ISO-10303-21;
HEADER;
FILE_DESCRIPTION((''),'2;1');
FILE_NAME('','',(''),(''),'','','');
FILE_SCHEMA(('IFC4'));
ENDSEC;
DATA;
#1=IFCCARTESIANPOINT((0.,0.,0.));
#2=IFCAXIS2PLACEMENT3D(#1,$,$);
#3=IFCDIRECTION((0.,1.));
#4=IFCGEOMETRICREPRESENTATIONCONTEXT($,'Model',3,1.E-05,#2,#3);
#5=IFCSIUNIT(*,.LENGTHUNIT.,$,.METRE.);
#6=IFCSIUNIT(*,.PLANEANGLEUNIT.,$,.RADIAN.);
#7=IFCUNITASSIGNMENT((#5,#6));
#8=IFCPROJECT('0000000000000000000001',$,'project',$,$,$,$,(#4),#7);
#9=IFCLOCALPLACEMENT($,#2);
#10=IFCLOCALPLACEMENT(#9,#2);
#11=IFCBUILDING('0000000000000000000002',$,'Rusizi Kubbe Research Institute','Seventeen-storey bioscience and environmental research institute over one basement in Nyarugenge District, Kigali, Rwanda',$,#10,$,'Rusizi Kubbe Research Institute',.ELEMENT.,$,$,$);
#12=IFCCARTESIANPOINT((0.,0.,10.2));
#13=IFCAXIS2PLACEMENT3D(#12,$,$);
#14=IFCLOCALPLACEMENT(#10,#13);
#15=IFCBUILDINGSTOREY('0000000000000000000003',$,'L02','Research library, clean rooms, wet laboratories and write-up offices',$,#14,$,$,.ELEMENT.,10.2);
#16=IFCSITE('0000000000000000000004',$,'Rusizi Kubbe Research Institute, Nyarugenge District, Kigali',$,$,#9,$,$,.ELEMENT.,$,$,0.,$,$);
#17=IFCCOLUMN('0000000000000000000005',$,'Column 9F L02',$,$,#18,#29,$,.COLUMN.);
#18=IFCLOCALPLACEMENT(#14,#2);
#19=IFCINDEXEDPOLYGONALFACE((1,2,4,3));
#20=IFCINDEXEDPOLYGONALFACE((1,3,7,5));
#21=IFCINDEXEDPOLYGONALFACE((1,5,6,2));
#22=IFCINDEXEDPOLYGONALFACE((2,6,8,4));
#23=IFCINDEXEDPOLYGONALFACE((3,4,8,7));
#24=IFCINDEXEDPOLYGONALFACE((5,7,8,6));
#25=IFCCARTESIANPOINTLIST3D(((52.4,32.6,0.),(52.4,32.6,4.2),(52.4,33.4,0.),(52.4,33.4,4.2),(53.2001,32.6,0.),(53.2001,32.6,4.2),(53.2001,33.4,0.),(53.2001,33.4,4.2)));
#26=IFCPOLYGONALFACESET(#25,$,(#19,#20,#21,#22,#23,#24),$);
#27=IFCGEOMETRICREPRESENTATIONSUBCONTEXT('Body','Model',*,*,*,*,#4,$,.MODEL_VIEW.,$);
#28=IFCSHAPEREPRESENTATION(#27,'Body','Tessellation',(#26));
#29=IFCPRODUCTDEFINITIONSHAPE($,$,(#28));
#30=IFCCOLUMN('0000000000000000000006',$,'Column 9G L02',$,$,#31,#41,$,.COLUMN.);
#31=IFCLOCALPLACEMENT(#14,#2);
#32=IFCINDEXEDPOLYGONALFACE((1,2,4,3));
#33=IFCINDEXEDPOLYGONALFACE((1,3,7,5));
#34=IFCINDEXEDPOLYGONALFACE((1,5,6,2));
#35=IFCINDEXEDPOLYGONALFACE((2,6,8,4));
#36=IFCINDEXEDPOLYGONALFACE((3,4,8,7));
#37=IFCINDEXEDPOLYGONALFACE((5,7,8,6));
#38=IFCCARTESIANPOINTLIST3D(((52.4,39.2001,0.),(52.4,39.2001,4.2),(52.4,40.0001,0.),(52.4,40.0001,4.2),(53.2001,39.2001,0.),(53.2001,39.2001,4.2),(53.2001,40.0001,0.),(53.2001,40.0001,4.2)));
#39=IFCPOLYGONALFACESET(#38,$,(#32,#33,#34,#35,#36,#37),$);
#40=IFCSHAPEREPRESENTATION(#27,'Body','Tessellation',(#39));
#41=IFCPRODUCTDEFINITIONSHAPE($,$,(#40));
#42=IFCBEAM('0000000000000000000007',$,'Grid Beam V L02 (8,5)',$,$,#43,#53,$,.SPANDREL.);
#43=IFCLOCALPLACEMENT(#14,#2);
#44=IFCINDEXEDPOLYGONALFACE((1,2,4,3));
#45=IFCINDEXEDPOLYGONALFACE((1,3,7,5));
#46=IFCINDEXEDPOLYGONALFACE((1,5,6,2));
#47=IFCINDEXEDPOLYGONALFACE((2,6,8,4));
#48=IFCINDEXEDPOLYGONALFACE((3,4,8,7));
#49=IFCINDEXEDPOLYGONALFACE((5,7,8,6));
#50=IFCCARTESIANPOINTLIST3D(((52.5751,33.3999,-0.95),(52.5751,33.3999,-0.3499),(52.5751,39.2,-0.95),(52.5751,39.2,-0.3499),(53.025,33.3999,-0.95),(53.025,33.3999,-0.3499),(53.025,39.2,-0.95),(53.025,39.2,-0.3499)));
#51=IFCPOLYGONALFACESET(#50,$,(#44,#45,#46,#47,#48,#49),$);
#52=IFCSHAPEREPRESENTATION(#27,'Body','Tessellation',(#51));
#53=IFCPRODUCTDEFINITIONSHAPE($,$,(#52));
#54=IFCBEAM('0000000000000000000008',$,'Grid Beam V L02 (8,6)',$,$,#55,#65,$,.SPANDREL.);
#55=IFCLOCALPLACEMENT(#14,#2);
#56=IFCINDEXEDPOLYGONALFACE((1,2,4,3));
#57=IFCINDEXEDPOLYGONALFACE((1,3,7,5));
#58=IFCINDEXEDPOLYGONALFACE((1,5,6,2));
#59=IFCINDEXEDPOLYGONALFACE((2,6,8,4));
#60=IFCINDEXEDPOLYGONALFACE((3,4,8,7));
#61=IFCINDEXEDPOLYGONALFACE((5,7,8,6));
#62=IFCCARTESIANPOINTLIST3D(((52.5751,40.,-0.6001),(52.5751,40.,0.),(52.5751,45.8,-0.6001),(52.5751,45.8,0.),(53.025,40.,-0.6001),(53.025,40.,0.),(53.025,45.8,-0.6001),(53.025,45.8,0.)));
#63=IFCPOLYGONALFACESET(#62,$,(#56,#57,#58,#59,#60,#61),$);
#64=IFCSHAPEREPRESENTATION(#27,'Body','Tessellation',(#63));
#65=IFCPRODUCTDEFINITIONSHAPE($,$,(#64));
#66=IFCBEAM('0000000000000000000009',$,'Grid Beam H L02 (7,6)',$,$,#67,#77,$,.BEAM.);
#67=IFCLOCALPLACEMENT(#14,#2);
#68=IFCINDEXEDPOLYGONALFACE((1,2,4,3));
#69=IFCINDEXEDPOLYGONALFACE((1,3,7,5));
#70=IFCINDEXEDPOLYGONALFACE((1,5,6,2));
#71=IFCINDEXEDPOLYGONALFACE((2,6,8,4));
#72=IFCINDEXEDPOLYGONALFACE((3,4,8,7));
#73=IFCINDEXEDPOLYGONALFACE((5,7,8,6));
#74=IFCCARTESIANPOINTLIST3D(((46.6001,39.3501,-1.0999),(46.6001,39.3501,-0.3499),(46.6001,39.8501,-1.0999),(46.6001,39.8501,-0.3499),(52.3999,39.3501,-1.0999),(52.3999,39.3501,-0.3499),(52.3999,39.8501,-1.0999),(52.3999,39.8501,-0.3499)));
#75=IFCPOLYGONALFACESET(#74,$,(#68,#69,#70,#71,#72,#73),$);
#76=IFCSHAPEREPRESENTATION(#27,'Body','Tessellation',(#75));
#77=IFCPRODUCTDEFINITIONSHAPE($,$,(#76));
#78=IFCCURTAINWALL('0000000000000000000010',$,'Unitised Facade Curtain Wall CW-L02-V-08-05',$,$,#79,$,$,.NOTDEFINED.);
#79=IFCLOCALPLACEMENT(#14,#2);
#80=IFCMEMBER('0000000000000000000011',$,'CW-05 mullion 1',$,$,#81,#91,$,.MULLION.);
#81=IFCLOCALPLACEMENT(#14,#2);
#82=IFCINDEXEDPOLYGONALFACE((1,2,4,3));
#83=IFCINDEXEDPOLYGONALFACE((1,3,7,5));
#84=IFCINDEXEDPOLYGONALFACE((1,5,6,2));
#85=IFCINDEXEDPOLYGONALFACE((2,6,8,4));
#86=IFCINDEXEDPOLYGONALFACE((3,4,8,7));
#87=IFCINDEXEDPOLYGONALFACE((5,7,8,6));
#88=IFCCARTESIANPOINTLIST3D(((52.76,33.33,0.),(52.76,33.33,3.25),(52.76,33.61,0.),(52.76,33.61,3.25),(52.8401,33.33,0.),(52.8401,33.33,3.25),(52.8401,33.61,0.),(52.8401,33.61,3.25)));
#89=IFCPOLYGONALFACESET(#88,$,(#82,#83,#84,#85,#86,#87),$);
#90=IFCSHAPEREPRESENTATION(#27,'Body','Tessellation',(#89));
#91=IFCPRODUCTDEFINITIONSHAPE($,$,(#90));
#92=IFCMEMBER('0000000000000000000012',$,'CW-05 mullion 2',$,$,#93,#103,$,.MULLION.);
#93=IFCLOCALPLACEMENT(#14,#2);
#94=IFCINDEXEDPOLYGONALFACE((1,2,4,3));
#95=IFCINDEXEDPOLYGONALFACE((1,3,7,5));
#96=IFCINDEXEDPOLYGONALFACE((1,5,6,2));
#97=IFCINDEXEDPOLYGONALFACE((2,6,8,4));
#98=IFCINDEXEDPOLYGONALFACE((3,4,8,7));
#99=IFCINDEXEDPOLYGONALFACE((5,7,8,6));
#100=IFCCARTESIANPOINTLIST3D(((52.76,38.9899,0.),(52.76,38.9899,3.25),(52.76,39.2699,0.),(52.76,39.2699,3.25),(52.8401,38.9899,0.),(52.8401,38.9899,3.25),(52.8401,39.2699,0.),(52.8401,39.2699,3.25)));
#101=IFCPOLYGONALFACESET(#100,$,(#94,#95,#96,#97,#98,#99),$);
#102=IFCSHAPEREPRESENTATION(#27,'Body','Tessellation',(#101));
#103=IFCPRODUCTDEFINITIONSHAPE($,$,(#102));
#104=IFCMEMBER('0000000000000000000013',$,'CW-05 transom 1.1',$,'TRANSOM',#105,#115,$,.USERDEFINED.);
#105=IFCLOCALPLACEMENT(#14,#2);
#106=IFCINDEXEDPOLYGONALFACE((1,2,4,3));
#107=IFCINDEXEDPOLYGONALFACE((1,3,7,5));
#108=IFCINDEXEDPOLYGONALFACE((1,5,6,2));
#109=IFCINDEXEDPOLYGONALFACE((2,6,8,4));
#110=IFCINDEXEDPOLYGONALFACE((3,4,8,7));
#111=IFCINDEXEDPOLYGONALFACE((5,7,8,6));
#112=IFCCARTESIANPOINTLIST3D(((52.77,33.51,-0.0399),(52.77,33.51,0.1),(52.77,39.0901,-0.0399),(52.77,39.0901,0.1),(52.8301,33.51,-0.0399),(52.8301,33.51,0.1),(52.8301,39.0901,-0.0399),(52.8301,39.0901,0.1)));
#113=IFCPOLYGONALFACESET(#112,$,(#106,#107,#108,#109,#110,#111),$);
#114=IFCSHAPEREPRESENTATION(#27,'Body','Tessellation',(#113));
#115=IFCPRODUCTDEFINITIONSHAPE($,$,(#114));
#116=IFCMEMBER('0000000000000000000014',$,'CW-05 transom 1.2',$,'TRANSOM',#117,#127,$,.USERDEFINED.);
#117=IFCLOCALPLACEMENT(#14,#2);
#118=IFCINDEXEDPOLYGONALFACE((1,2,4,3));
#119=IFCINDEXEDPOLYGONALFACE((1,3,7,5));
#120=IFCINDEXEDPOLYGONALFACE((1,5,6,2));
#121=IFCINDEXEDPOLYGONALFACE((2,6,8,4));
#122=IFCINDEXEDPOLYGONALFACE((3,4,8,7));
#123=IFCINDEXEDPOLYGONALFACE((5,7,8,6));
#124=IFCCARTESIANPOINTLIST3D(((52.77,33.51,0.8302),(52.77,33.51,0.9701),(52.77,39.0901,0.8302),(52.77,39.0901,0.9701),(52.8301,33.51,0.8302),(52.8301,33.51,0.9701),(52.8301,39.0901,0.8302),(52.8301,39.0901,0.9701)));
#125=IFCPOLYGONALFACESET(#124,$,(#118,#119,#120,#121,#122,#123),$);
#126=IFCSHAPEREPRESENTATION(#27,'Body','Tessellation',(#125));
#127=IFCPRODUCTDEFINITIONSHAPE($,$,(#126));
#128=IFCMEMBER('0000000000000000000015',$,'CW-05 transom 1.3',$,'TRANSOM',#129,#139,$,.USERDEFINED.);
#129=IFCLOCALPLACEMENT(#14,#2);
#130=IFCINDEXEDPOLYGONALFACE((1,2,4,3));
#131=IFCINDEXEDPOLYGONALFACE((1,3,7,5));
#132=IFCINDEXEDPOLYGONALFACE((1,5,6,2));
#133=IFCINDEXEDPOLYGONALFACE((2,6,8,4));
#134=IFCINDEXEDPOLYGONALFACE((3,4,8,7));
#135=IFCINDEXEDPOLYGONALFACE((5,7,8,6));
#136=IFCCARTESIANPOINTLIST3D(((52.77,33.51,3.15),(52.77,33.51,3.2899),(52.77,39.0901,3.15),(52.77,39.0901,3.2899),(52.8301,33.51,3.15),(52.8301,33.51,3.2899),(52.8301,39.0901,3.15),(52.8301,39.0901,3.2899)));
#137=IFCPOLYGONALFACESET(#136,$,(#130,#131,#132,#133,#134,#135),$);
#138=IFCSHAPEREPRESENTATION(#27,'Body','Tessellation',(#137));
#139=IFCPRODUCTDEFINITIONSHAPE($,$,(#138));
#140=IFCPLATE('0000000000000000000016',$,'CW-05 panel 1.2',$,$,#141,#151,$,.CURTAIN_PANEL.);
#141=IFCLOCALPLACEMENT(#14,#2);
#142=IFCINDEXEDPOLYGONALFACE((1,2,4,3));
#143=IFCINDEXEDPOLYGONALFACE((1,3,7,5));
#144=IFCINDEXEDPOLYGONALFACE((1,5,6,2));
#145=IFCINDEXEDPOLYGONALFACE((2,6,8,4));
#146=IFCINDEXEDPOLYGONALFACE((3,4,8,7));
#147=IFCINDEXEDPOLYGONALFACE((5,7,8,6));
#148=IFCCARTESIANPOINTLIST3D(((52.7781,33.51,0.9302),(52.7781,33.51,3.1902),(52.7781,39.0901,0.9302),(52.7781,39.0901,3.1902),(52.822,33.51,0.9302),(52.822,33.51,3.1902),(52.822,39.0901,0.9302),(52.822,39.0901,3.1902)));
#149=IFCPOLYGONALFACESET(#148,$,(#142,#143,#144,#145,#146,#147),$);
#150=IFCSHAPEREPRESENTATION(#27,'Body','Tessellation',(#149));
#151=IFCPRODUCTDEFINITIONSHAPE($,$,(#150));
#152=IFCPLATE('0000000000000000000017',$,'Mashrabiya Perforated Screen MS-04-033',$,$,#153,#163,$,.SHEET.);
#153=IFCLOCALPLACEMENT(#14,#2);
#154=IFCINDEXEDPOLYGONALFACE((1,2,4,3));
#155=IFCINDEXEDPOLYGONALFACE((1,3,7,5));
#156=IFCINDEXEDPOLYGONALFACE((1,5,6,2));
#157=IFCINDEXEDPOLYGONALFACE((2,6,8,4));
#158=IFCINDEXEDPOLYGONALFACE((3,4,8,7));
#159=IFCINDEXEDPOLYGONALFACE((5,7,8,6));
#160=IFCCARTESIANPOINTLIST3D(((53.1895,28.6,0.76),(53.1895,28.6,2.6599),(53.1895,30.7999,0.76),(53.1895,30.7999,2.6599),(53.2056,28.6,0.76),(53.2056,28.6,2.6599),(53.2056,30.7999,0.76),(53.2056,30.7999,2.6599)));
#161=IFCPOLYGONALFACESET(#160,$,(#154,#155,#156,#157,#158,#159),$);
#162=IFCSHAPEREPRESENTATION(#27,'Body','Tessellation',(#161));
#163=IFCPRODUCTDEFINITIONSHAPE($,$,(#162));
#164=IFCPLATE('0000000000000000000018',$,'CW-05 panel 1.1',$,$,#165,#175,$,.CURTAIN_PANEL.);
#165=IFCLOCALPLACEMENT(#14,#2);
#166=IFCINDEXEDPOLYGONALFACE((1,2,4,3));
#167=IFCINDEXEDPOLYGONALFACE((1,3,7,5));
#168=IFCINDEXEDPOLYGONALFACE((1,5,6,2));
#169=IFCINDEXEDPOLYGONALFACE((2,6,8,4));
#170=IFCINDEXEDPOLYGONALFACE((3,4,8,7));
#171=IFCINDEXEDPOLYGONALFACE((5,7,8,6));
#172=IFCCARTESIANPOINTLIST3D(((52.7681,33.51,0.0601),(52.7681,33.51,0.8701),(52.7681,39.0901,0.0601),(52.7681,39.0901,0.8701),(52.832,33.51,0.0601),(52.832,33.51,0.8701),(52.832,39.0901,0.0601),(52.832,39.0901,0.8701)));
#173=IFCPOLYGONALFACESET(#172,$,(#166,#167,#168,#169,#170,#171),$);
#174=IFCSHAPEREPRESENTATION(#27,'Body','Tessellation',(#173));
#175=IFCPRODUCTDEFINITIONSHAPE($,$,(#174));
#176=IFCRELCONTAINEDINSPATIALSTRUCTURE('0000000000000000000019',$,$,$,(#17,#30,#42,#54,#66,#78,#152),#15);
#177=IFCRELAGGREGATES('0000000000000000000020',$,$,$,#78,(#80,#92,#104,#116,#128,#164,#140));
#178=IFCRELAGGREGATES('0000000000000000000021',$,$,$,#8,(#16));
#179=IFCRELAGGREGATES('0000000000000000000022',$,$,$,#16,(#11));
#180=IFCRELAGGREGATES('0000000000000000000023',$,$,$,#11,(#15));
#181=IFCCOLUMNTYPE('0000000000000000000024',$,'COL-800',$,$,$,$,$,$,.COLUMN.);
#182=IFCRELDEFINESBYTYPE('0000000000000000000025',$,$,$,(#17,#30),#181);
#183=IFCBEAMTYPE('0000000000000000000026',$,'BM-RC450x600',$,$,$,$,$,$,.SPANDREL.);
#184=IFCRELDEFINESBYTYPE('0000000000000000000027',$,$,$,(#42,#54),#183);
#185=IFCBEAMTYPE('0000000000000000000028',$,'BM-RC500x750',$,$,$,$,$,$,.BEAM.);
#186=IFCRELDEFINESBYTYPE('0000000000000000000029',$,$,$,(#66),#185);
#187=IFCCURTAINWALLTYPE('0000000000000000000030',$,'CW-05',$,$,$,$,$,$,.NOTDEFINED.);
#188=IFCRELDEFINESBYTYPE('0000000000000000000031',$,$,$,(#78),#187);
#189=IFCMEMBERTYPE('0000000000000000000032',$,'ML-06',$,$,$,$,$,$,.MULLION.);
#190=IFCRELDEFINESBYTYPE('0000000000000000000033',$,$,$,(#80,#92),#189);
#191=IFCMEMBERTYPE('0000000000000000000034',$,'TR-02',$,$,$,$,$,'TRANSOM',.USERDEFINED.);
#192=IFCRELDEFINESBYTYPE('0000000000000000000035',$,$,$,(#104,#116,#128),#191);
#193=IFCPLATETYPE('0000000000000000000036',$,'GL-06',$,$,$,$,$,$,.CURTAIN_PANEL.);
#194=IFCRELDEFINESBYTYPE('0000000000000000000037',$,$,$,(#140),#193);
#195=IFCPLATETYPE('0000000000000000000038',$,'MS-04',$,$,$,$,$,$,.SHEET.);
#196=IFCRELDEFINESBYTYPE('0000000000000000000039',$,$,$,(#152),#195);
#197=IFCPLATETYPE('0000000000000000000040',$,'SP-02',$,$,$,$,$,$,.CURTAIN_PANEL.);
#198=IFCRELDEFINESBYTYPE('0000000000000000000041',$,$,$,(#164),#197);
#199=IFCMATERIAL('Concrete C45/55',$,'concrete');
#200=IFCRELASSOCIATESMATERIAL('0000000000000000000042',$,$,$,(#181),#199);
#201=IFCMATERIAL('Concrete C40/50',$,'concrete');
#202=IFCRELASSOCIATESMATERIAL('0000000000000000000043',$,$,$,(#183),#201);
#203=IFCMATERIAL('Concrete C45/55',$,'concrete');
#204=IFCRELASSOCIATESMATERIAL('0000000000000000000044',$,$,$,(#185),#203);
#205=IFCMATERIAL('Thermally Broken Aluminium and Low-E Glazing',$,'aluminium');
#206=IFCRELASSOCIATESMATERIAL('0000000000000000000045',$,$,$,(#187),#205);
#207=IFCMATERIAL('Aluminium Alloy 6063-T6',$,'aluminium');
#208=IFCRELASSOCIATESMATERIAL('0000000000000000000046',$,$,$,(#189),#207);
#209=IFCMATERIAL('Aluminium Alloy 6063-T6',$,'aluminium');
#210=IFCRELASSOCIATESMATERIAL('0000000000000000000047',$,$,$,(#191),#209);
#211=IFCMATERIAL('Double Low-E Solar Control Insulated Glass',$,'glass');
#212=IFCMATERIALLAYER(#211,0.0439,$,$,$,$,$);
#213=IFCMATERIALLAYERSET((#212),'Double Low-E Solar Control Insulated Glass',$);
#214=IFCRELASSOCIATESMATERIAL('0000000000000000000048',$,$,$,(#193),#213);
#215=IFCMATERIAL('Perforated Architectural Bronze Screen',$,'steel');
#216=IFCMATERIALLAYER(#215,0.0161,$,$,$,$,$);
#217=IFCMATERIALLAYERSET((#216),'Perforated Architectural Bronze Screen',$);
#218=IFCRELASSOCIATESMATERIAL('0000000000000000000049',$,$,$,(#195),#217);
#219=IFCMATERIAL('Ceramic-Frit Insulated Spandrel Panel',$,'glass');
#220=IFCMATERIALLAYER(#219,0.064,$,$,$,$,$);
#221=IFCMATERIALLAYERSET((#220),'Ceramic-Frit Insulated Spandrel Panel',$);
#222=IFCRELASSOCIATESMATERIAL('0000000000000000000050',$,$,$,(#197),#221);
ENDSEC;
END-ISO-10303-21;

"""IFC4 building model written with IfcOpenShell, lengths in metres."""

from ifc_helpers import new_model, si_unit, direction, frame, origin, origin_2d, place, context, subcontext, project, spatial, rectangle, extrude, material, layer, layer_set, material_profile, profile_set, type_object, element, aggregate, save


model = new_model("IFC4")

# Units and contexts
model_context = context("Model", 3, precision=1e-05, world=origin(), true_north=direction((0.0, 1.0)))
body_context = subcontext(model_context, "Body", "Model", "MODEL_VIEW")
ifc_project = project(units=[si_unit("LENGTHUNIT", "METRE"), si_unit("PLANEANGLEUNIT", "RADIAN")], contexts=[model_context])

# Site, building, storey
site_placement = place(None, origin())
site = spatial("IfcSite", under=ifc_project, at=site_placement, Name="Rusizi Kubbe Research Institute, Nyarugenge District, Kigali", CompositionType="ELEMENT", RefElevation=0.0)
building_placement = place(site_placement, origin())
building = spatial("IfcBuilding", under=site, at=building_placement, Name="Rusizi Kubbe Research Institute", Description="Seventeen-storey bioscience and environmental research institute over one basement in Nyarugenge District, Kigali, Rwanda", LongName="Rusizi Kubbe Research Institute", CompositionType="ELEMENT")
storey_placement = place(building_placement, frame((0.0, 0.0, 10.2)))
storey = spatial("IfcBuildingStorey", under=building, at=storey_placement, Name="L02", Description="Research library, clean rooms, wet laboratories and write-up offices", CompositionType="ELEMENT", Elevation=10.2)

# Columns
ifc_material_1 = material(Name="Concrete C45/55", Category="concrete")
ifc_material_profile_1 = material_profile(ifc_material_1, rectangle(XDim=0.8, YDim=0.8, at=origin_2d()), Name="RC800x800")
ifc_profile_set_1 = profile_set([ifc_material_profile_1], Name="Concrete C45/55")
column_type = type_object("IfcColumnType", Name="COL-800", PredefinedType="COLUMN", material=ifc_profile_set_1)
for number, where, z_axis, x_axis, name in (
    (1, (52.8, 33.0, 0.0), (0.0, 0.0, 1.0), (1.0, 0.0, 0.0), "Column 9F L02"),
    (2, (52.8, 39.6001, 0.0), (0.0, 0.0, 1.0), (1.0, 0.0, 0.0), "Column 9G L02"),
):
    element("IfcColumn", number, at=place(storey_placement, frame(where, z_axis=z_axis, x_axis=x_axis)), inside=storey, type_object=column_type, Name=name, PredefinedType="COLUMN", context=body_context, shape_type="SweptSolid", body=[
        extrude(rectangle(XDim=0.8, YDim=0.8, at=origin_2d()), origin(), (0.0, 0.0, 1.0), 4.2),
    ])

# Beams
ifc_material_2 = material(Name="Concrete C40/50", Category="concrete")
ifc_material_profile_2 = material_profile(ifc_material_2, rectangle(XDim=0.45, YDim=0.6001, at=origin_2d()), Name="RC450x600")
ifc_profile_set_2 = profile_set([ifc_material_profile_2], Name="Concrete C40/50")
beam_type_1 = type_object("IfcBeamType", Name="BM-RC450x600", PredefinedType="SPANDREL", material=ifc_profile_set_2)
for number, where, z_axis, x_axis, name in (
    (3, (52.8, 33.3999, -0.6499), (0.0, 1.0, 0.0), (-1.0, 0.0, 0.0), "Grid Beam V L02 (8,5)"),
    (4, (52.8, 40.0, -0.3), (0.0, 1.0, 0.0), (-1.0, 0.0, 0.0), "Grid Beam V L02 (8,6)"),
):
    element("IfcBeam", number, at=place(storey_placement, frame(where, z_axis=z_axis, x_axis=x_axis)), inside=storey, type_object=beam_type_1, Name=name, PredefinedType="SPANDREL", context=body_context, shape_type="SweptSolid", body=[
        extrude(rectangle(XDim=0.45, YDim=0.6001, at=origin_2d()), origin(), (0.0, 0.0, 1.0), 5.8),
    ])
ifc_material_3 = material(Name="Concrete C45/55", Category="concrete")
ifc_material_profile_3 = material_profile(ifc_material_3, rectangle(XDim=0.5, YDim=0.75, at=origin_2d()), Name="RC500x750B")
ifc_profile_set_3 = profile_set([ifc_material_profile_3], Name="Concrete C45/55")
beam_type_2 = type_object("IfcBeamType", Name="BM-RC500x750", PredefinedType="BEAM", material=ifc_profile_set_3)
beam_placement = place(storey_placement, frame((46.6001, 39.6001, -0.7249), z_axis=(1.0, 0.0, 0.0), x_axis=(0.0, 1.0, 0.0)))
element("IfcBeam", 5, at=beam_placement, inside=storey, type_object=beam_type_2, Name="Grid Beam H L02 (7,6)", PredefinedType="BEAM", context=body_context, shape_type="SweptSolid", body=[
    extrude(rectangle(XDim=0.5, YDim=0.75, at=origin_2d()), origin(), (0.0, 0.0, 1.0), 5.7998),
])

# Curtain wall, members, plate
ifc_material_4 = material(Name="Thermally Broken Aluminium and Low-E Glazing", Category="aluminium")
curtain_wall_type = type_object("IfcCurtainWallType", Name="CW-05", PredefinedType="NOTDEFINED", material=ifc_material_4)
curtain_wall_placement = place(storey_placement, origin())
curtain_wall = element("IfcCurtainWall", 6, at=curtain_wall_placement, inside=storey, type_object=curtain_wall_type, Name="Unitised Facade Curtain Wall CW-L02-V-08-05", PredefinedType="NOTDEFINED")
ifc_material_5 = material(Name="Aluminium Alloy 6063-T6", Category="aluminium")
ifc_material_profile_4 = material_profile(ifc_material_5, rectangle(XDim=0.0801, YDim=0.28, at=origin_2d()), Name="ALU-M 80x280")
ifc_profile_set_4 = profile_set([ifc_material_profile_4], Name="Aluminium Alloy 6063-T6")
member_type_1 = type_object("IfcMemberType", Name="ML-06", PredefinedType="MULLION", material=ifc_profile_set_4)
member_1_placement = place(storey_placement, frame((52.8, 33.47, 0.0), z_axis=(0.0, 0.0, 1.0), x_axis=(-1.0, 0.0, 0.0)))
member_1 = element("IfcMember", 7, at=member_1_placement, type_object=member_type_1, Name="CW-05 mullion 1", PredefinedType="MULLION", context=body_context, shape_type="SweptSolid", body=[
    extrude(rectangle(XDim=0.0801, YDim=0.28, at=origin_2d()), origin(), (0.0, 0.0, 1.0), 3.25),
])
member_2_placement = place(storey_placement, frame((52.8, 39.1299, 0.0), z_axis=(0.0, 0.0, 1.0), x_axis=(-1.0, 0.0, 0.0)))
member_2 = element("IfcMember", 8, at=member_2_placement, type_object=member_type_1, Name="CW-05 mullion 2", PredefinedType="MULLION", context=body_context, shape_type="SweptSolid", body=[
    extrude(rectangle(XDim=0.0801, YDim=0.28, at=origin_2d()), origin(), (0.0, 0.0, 1.0), 3.25),
])
ifc_material_6 = material(Name="Aluminium Alloy 6063-T6", Category="aluminium")
ifc_material_profile_5 = material_profile(ifc_material_6, rectangle(XDim=0.0601, YDim=0.1399, at=origin_2d()), Name="ALU-T 60x140")
ifc_profile_set_5 = profile_set([ifc_material_profile_5], Name="Aluminium Alloy 6063-T6")
member_type_2 = type_object("IfcMemberType", Name="TR-02", ElementType="TRANSOM", PredefinedType="USERDEFINED", material=ifc_profile_set_5)
member_3_placement = place(storey_placement, frame((52.8, 33.51, 0.03), z_axis=(0.0, 1.0, 0.0), x_axis=(-1.0, 0.0, 0.0)))
member_3 = element("IfcMember", 9, at=member_3_placement, type_object=member_type_2, Name="CW-05 transom 1.1", ObjectType="TRANSOM", PredefinedType="USERDEFINED", context=body_context, shape_type="SweptSolid", body=[
    extrude(rectangle(XDim=0.0601, YDim=0.1399, at=origin_2d()), origin(), (0.0, 0.0, 1.0), 5.5801),
])
member_4_placement = place(storey_placement, frame((52.8, 33.51, 0.9001), z_axis=(0.0, 1.0, 0.0), x_axis=(-1.0, 0.0, 0.0)))
member_4 = element("IfcMember", 10, at=member_4_placement, type_object=member_type_2, Name="CW-05 transom 1.2", ObjectType="TRANSOM", PredefinedType="USERDEFINED", context=body_context, shape_type="SweptSolid", body=[
    extrude(rectangle(XDim=0.0601, YDim=0.1399, at=origin_2d()), origin(), (0.0, 0.0, 1.0), 5.5801),
])
member_5_placement = place(storey_placement, frame((52.8, 33.51, 3.22), z_axis=(0.0, 1.0, 0.0), x_axis=(-1.0, 0.0, 0.0)))
member_5 = element("IfcMember", 11, at=member_5_placement, type_object=member_type_2, Name="CW-05 transom 1.3", ObjectType="TRANSOM", PredefinedType="USERDEFINED", context=body_context, shape_type="SweptSolid", body=[
    extrude(rectangle(XDim=0.0601, YDim=0.1399, at=origin_2d()), origin(), (0.0, 0.0, 1.0), 5.5801),
])
ifc_material_7 = material(Name="Double Low-E Solar Control Insulated Glass", Category="glass")
ifc_layer_1 = layer(ifc_material_7, 0.0439)
ifc_layer_set_1 = layer_set([ifc_layer_1], Name="Double Low-E Solar Control Insulated Glass")
plate_type_1 = type_object("IfcPlateType", Name="GL-06", PredefinedType="CURTAIN_PANEL", material=ifc_layer_set_1)
plate_1_placement = place(storey_placement, frame((52.8, 36.3, 0.9302), z_axis=(0.0, 0.0, 1.0), x_axis=(0.0, 1.0, 0.0)))
plate_1 = element("IfcPlate", 12, at=plate_1_placement, type_object=plate_type_1, Name="CW-05 panel 1.2", PredefinedType="CURTAIN_PANEL", context=body_context, shape_type="SweptSolid", body=[
    extrude(rectangle(XDim=5.5801, YDim=0.0439, at=origin_2d()), origin(), (0.0, 0.0, 1.0), 2.26),
])

# Plates
ifc_material_8 = material(Name="Perforated Architectural Bronze Screen", Category="steel")
ifc_layer_2 = layer(ifc_material_8, 0.0161)
ifc_layer_set_2 = layer_set([ifc_layer_2], Name="Perforated Architectural Bronze Screen")
plate_type_2 = type_object("IfcPlateType", Name="MS-04", PredefinedType="SHEET", material=ifc_layer_set_2)
plate_2_placement = place(storey_placement, frame((53.1975, 29.7, 0.76), z_axis=(0.0, 0.0, 1.0), x_axis=(0.0, 1.0, 0.0)))
element("IfcPlate", 13, at=plate_2_placement, inside=storey, type_object=plate_type_2, Name="Mashrabiya Perforated Screen MS-04-033", PredefinedType="SHEET", context=body_context, shape_type="SweptSolid", body=[
    extrude(rectangle(XDim=2.2, YDim=0.0161, at=origin_2d()), origin(), (0.0, 0.0, 1.0), 1.8999),
])
ifc_material_9 = material(Name="Ceramic-Frit Insulated Spandrel Panel", Category="glass")
ifc_layer_3 = layer(ifc_material_9, 0.064)
ifc_layer_set_3 = layer_set([ifc_layer_3], Name="Ceramic-Frit Insulated Spandrel Panel")
plate_type_3 = type_object("IfcPlateType", Name="SP-02", PredefinedType="CURTAIN_PANEL", material=ifc_layer_set_3)
plate_3_placement = place(storey_placement, frame((52.8, 36.3, 0.0601), z_axis=(0.0, 0.0, 1.0), x_axis=(0.0, 1.0, 0.0)))
plate_3 = element("IfcPlate", 14, at=plate_3_placement, type_object=plate_type_3, Name="CW-05 panel 1.1", PredefinedType="CURTAIN_PANEL", context=body_context, shape_type="SweptSolid", body=[
    extrude(rectangle(XDim=5.5801, YDim=0.064, at=origin_2d()), origin(), (0.0, 0.0, 1.0), 0.8101),
])
aggregate(curtain_wall, [member_1, member_2, member_3, member_4, member_5, plate_3, plate_1])

save(model, "model.ifc")
